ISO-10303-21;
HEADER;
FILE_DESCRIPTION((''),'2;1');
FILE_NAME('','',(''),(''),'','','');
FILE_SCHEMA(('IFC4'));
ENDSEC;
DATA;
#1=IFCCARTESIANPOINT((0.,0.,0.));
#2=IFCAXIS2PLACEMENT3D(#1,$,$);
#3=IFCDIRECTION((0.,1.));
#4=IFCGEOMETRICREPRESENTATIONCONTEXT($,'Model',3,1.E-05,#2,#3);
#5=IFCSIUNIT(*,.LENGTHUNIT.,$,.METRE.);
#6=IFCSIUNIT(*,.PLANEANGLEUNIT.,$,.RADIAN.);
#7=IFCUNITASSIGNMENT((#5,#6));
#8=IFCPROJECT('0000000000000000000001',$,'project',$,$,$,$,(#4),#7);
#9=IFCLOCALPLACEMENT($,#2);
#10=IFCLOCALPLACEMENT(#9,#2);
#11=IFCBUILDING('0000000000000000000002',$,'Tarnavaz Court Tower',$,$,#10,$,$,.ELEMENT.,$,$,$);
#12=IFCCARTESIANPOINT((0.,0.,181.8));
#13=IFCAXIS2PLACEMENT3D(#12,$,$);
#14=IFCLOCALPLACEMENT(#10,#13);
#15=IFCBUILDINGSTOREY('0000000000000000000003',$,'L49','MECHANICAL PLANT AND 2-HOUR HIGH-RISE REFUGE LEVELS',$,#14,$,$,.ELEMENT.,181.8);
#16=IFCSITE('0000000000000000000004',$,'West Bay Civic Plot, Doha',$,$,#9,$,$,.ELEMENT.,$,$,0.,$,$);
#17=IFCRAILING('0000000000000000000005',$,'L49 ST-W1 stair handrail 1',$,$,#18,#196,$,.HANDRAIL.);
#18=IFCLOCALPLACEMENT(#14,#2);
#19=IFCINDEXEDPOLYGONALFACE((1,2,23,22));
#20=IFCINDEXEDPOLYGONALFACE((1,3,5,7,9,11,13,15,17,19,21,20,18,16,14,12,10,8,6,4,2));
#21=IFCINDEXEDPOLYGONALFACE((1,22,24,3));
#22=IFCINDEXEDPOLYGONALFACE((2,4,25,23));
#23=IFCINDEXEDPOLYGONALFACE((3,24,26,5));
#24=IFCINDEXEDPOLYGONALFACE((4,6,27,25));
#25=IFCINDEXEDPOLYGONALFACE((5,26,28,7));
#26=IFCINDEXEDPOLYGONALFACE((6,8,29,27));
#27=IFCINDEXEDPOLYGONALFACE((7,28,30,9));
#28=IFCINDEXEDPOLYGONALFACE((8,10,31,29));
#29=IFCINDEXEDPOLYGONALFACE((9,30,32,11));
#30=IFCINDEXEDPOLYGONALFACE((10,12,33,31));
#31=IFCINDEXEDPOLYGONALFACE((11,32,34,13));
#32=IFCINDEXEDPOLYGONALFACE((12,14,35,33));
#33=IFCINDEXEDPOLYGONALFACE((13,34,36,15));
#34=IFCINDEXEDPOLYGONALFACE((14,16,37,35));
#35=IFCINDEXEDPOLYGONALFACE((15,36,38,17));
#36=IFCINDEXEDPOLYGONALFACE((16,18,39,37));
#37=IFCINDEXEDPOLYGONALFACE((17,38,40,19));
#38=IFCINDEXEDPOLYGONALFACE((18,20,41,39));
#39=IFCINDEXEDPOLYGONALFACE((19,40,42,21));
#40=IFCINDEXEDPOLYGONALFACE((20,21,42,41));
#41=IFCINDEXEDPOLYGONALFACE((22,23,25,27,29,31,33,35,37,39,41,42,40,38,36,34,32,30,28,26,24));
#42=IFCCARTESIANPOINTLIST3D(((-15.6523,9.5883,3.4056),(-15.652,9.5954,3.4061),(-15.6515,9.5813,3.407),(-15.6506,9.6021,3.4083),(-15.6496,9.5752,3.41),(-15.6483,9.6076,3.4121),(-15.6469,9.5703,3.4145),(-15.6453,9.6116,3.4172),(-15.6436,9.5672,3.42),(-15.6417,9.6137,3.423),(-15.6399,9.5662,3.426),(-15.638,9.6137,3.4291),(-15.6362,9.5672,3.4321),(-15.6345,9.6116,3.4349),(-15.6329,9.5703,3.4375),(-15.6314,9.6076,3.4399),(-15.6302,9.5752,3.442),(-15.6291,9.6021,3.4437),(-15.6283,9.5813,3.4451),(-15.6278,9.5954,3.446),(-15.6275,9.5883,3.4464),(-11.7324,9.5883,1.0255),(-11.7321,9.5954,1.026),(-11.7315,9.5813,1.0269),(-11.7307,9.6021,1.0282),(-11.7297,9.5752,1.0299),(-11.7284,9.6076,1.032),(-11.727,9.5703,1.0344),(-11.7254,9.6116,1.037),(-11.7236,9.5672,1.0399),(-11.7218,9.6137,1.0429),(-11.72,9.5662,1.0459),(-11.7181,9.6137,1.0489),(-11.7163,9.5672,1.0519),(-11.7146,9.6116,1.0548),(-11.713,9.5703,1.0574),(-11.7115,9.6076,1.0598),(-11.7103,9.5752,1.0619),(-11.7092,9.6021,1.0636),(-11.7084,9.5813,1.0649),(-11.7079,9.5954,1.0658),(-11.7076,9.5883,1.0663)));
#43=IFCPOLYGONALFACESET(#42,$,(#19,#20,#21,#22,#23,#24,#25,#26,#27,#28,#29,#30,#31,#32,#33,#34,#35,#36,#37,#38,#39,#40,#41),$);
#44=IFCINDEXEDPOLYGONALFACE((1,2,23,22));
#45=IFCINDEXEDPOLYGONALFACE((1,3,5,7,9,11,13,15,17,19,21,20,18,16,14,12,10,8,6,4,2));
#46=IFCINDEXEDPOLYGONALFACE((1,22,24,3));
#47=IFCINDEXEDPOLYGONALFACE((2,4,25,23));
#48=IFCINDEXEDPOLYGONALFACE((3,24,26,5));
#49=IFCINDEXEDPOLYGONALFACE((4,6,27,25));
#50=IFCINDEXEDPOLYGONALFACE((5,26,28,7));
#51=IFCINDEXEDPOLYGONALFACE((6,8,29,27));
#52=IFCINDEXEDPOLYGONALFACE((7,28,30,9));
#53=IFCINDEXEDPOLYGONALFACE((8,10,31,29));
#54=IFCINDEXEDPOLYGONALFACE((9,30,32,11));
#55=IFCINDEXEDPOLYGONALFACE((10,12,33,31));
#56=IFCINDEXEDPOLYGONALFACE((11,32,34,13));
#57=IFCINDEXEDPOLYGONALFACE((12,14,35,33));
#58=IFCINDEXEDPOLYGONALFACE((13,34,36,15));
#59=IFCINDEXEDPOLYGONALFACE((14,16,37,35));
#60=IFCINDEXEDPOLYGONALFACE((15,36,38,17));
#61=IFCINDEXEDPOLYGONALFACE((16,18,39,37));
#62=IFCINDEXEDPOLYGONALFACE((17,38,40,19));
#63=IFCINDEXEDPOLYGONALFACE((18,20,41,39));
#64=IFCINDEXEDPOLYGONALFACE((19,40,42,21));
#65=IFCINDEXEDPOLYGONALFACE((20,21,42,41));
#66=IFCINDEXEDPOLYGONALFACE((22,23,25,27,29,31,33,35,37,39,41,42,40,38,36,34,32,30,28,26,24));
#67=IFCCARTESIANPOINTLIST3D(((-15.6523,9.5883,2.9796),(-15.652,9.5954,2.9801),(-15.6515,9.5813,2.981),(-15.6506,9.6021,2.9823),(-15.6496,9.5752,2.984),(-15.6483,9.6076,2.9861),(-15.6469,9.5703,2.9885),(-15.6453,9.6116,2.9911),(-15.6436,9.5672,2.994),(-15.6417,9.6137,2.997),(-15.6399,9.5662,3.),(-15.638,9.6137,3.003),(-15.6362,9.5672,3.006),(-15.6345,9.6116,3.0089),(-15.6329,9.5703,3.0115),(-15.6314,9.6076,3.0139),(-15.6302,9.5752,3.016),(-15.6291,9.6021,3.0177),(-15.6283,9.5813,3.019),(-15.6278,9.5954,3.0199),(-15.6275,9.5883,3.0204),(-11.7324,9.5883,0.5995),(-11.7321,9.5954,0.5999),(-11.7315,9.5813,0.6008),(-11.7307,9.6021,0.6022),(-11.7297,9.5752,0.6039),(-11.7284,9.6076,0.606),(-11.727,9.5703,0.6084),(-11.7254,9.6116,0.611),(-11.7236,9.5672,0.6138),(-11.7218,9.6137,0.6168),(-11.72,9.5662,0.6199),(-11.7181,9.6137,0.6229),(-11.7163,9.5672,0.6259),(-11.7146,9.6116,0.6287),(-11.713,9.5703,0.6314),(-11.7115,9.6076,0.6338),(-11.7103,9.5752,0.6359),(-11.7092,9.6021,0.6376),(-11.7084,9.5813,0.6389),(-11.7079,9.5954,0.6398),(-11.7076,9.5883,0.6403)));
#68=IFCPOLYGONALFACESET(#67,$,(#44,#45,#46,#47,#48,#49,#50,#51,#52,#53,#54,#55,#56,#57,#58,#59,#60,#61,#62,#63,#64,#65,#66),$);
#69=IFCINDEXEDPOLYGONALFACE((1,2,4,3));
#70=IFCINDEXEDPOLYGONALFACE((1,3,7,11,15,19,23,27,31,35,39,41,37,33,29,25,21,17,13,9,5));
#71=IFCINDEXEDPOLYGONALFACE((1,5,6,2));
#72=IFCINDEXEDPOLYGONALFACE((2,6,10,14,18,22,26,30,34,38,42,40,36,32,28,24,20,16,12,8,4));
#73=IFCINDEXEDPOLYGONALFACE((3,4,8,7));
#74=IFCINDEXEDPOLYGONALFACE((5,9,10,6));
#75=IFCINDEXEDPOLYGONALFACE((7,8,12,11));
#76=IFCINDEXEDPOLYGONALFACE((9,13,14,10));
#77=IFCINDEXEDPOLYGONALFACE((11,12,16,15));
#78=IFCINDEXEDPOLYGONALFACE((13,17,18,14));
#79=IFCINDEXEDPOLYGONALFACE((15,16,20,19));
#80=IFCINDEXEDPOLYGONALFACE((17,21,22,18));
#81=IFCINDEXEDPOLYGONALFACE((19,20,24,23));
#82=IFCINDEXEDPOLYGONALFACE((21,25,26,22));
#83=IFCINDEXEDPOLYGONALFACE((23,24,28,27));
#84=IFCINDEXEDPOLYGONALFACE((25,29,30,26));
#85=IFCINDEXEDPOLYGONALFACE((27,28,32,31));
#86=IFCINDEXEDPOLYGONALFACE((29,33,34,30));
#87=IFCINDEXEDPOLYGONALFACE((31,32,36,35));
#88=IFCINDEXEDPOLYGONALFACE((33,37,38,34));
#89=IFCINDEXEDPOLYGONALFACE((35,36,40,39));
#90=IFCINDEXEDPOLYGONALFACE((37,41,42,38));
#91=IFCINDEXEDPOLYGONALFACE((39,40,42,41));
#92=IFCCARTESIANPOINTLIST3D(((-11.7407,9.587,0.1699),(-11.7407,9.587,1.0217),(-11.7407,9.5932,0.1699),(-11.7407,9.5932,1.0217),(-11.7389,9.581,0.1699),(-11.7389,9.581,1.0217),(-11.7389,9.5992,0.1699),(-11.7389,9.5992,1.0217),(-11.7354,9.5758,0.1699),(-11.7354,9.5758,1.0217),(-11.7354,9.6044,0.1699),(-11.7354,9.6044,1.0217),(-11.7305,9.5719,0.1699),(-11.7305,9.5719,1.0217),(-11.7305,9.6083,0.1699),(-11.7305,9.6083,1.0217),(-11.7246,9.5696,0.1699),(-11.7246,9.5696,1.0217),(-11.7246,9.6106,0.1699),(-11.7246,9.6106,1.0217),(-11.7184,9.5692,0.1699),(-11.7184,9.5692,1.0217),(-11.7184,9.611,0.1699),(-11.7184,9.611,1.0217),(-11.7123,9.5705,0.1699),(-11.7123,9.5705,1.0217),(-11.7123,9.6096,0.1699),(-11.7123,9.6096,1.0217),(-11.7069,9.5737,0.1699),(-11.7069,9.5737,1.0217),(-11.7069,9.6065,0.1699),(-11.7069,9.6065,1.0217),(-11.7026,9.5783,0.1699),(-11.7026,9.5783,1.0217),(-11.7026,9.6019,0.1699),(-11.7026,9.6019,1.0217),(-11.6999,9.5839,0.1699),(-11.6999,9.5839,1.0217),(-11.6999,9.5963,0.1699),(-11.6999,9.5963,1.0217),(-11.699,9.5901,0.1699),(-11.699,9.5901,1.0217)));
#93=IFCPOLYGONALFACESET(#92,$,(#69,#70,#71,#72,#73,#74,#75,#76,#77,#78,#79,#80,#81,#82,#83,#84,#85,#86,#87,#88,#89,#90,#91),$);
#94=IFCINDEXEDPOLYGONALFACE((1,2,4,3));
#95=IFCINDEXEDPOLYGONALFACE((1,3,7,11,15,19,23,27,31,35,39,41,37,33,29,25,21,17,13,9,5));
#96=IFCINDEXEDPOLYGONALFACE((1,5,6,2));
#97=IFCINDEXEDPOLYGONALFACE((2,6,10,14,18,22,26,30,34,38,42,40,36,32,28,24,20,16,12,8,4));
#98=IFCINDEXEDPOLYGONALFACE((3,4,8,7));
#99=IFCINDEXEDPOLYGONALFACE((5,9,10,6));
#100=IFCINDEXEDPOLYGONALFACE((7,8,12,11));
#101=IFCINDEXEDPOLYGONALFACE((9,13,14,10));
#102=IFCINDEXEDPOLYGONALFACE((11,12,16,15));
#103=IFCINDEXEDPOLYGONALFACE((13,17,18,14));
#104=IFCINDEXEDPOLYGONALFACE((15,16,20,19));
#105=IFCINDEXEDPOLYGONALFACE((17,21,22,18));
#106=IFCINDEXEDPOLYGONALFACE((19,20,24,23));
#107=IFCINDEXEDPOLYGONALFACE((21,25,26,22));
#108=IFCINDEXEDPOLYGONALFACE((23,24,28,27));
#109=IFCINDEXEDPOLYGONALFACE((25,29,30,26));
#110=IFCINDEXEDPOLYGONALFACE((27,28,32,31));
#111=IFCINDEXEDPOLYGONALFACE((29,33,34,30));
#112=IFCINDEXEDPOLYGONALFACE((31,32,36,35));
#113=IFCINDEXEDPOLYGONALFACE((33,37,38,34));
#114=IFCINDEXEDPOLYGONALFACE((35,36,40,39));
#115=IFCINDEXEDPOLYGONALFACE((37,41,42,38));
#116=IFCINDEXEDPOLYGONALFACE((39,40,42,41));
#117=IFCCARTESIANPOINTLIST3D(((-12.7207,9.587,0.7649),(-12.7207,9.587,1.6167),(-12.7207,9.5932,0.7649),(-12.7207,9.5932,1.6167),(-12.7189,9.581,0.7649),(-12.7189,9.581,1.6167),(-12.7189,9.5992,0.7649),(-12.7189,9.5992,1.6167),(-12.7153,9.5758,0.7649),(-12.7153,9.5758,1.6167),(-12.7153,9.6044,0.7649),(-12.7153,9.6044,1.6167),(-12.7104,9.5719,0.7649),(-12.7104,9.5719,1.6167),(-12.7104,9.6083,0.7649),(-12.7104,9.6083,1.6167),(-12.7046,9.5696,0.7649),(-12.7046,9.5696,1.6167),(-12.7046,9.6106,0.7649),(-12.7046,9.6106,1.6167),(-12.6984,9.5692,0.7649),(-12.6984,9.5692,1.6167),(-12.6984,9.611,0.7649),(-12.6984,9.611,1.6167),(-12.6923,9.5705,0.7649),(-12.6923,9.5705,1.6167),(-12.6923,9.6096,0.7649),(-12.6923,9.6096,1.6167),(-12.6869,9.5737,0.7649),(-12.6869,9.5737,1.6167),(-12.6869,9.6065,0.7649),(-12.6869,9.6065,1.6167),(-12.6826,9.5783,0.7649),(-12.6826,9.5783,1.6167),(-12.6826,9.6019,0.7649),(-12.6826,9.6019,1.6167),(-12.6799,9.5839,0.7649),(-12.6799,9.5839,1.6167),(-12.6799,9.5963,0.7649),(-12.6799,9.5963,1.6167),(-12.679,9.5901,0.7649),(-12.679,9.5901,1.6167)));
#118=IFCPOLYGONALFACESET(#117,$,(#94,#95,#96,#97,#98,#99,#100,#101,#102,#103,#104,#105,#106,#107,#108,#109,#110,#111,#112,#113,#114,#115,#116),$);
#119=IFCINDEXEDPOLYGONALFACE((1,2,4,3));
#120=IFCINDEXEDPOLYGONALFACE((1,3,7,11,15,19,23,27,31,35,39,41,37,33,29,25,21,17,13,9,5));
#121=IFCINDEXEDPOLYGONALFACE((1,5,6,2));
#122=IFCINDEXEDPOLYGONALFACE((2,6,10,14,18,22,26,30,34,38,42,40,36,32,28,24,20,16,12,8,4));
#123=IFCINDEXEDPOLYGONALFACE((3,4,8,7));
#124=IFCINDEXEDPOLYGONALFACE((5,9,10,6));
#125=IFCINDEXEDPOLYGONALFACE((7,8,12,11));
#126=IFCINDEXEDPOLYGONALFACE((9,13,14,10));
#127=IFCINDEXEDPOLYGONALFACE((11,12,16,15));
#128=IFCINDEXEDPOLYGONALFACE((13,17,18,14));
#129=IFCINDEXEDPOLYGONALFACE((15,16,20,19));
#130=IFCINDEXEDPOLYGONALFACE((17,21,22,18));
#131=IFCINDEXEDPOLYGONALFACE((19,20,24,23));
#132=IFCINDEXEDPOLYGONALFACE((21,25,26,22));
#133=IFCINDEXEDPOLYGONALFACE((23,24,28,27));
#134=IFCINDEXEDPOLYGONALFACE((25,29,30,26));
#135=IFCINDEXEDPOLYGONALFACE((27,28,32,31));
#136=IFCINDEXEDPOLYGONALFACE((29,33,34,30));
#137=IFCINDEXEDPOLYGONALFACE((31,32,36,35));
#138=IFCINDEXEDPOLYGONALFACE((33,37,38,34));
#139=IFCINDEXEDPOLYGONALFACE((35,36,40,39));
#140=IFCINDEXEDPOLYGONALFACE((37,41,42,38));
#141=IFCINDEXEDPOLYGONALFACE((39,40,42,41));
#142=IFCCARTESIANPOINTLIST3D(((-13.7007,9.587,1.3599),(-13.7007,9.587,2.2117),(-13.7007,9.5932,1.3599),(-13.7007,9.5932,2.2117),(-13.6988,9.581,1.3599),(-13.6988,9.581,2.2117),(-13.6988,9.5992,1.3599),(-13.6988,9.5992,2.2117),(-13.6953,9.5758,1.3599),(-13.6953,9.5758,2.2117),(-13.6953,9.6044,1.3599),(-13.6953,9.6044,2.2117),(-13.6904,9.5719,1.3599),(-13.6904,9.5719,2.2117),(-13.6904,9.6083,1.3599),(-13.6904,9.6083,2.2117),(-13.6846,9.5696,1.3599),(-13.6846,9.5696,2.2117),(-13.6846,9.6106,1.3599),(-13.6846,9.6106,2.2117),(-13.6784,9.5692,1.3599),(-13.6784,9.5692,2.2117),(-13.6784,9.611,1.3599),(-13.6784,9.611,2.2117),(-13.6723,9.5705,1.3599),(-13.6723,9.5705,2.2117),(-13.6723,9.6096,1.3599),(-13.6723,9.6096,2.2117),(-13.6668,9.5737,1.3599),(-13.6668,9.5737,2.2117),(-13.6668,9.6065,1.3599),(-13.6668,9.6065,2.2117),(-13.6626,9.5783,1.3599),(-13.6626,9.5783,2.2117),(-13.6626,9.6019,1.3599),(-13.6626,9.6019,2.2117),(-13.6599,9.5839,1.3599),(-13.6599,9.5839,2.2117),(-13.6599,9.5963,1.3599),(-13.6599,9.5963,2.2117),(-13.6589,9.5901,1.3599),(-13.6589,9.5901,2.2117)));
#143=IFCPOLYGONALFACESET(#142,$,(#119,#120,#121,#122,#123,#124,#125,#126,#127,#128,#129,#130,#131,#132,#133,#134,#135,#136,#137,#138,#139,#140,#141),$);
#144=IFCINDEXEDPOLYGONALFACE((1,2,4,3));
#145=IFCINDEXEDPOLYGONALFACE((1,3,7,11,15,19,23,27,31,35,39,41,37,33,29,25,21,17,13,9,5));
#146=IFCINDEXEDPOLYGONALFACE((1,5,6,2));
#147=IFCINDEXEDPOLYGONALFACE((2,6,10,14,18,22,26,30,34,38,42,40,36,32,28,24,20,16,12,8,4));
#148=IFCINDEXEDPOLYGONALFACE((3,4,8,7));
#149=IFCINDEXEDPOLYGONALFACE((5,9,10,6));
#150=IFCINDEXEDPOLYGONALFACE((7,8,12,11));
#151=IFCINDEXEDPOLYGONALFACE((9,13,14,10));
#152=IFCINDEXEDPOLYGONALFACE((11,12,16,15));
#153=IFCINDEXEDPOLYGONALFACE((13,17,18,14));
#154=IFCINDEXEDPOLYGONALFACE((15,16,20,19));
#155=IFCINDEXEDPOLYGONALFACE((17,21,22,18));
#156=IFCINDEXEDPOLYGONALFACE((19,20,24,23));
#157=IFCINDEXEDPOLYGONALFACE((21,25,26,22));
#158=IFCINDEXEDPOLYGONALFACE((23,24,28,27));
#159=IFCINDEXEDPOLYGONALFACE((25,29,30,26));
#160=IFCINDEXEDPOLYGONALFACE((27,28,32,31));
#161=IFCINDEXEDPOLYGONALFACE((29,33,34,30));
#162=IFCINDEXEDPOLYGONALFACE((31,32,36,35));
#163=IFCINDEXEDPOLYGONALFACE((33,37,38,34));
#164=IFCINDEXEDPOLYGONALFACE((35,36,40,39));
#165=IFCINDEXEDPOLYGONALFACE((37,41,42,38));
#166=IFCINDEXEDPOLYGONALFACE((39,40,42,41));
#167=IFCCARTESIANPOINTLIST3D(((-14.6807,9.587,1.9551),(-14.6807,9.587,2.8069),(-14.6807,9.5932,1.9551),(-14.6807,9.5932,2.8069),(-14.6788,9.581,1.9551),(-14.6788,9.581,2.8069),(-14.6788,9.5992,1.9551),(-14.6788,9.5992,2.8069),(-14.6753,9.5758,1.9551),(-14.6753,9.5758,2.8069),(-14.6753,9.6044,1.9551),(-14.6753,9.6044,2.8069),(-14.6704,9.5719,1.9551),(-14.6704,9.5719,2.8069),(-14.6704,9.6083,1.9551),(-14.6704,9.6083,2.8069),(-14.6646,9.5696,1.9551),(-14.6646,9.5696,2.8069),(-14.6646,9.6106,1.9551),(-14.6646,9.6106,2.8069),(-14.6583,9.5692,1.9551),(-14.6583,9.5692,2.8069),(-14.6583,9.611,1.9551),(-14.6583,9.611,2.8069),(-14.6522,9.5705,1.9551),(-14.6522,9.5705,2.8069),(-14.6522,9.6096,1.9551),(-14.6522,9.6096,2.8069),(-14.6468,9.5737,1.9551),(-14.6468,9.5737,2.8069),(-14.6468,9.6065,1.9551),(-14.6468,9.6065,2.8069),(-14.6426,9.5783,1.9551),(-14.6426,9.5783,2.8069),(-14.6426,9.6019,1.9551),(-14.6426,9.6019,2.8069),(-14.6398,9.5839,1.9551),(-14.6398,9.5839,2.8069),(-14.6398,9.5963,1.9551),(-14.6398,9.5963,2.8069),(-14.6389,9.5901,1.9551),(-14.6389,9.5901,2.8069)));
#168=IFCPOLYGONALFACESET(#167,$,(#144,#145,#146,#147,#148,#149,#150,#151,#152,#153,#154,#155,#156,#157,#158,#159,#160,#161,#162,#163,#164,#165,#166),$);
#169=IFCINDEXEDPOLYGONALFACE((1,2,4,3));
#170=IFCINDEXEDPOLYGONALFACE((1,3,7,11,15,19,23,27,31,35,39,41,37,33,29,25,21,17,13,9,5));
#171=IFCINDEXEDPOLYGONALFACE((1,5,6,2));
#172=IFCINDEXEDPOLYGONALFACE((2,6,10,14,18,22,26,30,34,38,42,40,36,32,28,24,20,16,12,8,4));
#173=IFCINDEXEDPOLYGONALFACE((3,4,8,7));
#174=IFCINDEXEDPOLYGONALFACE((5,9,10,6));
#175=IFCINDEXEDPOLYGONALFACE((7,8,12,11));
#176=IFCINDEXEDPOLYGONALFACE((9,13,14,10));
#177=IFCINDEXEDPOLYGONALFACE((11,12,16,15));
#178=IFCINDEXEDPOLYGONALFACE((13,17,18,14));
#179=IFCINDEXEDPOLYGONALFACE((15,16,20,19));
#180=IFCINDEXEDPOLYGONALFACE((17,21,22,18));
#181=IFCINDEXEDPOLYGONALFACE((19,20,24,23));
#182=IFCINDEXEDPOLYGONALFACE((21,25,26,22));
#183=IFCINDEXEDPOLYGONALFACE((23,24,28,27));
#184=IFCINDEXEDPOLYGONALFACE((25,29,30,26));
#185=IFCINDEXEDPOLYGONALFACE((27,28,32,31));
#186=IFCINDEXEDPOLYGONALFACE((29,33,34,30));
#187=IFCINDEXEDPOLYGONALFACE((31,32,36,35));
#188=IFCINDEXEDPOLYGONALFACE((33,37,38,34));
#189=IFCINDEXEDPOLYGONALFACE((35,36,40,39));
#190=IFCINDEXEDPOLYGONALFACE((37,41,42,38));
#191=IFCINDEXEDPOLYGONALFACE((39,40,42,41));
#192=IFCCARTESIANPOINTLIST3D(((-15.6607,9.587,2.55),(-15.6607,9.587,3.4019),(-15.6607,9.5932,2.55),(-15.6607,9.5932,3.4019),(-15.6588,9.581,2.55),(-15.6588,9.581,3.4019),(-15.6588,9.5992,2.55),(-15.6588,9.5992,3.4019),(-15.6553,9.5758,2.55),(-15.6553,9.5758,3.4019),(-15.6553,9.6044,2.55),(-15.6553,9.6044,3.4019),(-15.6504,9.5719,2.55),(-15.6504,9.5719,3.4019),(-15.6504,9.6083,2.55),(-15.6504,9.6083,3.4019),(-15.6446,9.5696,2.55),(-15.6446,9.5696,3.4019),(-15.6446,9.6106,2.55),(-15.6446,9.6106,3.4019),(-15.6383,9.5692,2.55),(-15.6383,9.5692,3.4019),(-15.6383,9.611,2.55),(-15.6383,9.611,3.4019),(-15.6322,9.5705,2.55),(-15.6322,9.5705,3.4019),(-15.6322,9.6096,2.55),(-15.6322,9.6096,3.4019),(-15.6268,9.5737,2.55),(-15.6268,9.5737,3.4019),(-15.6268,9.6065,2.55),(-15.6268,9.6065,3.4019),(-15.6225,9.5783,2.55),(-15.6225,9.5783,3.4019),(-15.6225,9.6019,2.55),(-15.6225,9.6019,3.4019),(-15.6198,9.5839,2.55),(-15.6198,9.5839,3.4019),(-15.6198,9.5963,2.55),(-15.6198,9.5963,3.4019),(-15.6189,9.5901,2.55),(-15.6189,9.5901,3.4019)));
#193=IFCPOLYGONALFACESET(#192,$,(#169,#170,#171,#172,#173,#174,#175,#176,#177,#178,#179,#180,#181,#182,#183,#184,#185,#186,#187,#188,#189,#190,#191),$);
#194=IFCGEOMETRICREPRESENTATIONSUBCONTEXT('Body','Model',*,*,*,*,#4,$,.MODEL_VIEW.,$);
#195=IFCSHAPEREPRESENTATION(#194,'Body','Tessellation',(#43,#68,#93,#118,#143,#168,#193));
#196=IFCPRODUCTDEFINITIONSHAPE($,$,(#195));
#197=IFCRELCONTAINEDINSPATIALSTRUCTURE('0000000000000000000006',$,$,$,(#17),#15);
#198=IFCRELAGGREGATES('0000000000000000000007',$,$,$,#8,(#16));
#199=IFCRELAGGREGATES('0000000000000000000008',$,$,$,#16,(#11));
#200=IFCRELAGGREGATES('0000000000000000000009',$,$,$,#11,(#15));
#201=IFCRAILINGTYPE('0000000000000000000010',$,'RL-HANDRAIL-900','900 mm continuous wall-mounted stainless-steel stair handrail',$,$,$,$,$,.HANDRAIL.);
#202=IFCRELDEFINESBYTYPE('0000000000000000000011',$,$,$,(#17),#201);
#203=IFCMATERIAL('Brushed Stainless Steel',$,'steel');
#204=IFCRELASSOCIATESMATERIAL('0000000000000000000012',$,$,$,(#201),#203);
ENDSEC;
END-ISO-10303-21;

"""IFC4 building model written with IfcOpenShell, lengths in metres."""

from ifc_helpers import new_model, si_unit, direction, frame, origin, origin_2d, place, context, subcontext, project, spatial, circle, extrude, material, type_object, element, save


model = new_model("IFC4")

# Units and contexts
model_context = context("Model", 3, precision=1e-05, world=origin(), true_north=direction((0.0, 1.0)))
body_context = subcontext(model_context, "Body", "Model", "MODEL_VIEW")
ifc_project = project(units=[si_unit("LENGTHUNIT", "METRE"), si_unit("PLANEANGLEUNIT", "RADIAN")], contexts=[model_context])

# Site, building, storey
site_placement = place(None, origin())
site = spatial("IfcSite", under=ifc_project, at=site_placement, Name="West Bay Civic Plot, Doha", CompositionType="ELEMENT", RefElevation=0.0)
building_placement = place(site_placement, origin())
building = spatial("IfcBuilding", under=site, at=building_placement, Name="Tarnavaz Court Tower", CompositionType="ELEMENT")
storey_placement = place(building_placement, frame((0.0, 0.0, 181.8)))
storey = spatial("IfcBuildingStorey", under=building, at=storey_placement, Name="L49", Description="MECHANICAL PLANT AND 2-HOUR HIGH-RISE REFUGE LEVELS", CompositionType="ELEMENT", Elevation=181.8)

# Railing
ifc_material_1 = material(Name="Brushed Stainless Steel", Category="steel")
railing_type_1 = type_object("IfcRailingType", Name="RL-HANDRAIL-900", Description="900 mm continuous wall-mounted stainless-steel stair handrail", PredefinedType="HANDRAIL", material=ifc_material_1)
railing_1_placement = place(storey_placement, frame((-11.72, 9.5901, 0.1699)))
element("IfcRailing", 1, at=railing_1_placement, inside=storey, type_object=railing_type_1, Name="L49 ST-W1 stair handrail 1", PredefinedType="HANDRAIL", context=body_context, shape_type="SweptSolid", body=[
    extrude(circle(Radius=0.0239, at=origin_2d()), frame((0.0, 0.0, 0.876), z_axis=(-0.854771, 0.0, 0.519006), x_axis=(0.0, -1.0, 0.0)), (0.0, 0.0, 1.0), 4.5859),
    extrude(circle(Radius=0.0239, at=origin_2d()), frame((0.0, 0.0, 0.45), z_axis=(-0.854771, 0.0, 0.519006), x_axis=(0.0, -1.0, 0.0)), (0.0, 0.0, 1.0), 4.5859),
    extrude(circle(Radius=0.021, at=origin_2d()), origin(), (0.0, 0.0, 1.0), 0.8518),
    extrude(circle(Radius=0.021, at=origin_2d()), frame((-0.98, 0.0, 0.595)), (0.0, 0.0, 1.0), 0.8518),
    extrude(circle(Radius=0.021, at=origin_2d()), frame((-1.96, 0.0, 1.1899)), (0.0, 0.0, 1.0), 0.8518),
    extrude(circle(Radius=0.021, at=origin_2d()), frame((-2.9399, 0.0, 1.7852)), (0.0, 0.0, 1.0), 0.8518),
    extrude(circle(Radius=0.021, at=origin_2d()), frame((-3.9199, 0.0, 2.3801)), (0.0, 0.0, 1.0), 0.8518),
])

save(model, "model.ifc")
